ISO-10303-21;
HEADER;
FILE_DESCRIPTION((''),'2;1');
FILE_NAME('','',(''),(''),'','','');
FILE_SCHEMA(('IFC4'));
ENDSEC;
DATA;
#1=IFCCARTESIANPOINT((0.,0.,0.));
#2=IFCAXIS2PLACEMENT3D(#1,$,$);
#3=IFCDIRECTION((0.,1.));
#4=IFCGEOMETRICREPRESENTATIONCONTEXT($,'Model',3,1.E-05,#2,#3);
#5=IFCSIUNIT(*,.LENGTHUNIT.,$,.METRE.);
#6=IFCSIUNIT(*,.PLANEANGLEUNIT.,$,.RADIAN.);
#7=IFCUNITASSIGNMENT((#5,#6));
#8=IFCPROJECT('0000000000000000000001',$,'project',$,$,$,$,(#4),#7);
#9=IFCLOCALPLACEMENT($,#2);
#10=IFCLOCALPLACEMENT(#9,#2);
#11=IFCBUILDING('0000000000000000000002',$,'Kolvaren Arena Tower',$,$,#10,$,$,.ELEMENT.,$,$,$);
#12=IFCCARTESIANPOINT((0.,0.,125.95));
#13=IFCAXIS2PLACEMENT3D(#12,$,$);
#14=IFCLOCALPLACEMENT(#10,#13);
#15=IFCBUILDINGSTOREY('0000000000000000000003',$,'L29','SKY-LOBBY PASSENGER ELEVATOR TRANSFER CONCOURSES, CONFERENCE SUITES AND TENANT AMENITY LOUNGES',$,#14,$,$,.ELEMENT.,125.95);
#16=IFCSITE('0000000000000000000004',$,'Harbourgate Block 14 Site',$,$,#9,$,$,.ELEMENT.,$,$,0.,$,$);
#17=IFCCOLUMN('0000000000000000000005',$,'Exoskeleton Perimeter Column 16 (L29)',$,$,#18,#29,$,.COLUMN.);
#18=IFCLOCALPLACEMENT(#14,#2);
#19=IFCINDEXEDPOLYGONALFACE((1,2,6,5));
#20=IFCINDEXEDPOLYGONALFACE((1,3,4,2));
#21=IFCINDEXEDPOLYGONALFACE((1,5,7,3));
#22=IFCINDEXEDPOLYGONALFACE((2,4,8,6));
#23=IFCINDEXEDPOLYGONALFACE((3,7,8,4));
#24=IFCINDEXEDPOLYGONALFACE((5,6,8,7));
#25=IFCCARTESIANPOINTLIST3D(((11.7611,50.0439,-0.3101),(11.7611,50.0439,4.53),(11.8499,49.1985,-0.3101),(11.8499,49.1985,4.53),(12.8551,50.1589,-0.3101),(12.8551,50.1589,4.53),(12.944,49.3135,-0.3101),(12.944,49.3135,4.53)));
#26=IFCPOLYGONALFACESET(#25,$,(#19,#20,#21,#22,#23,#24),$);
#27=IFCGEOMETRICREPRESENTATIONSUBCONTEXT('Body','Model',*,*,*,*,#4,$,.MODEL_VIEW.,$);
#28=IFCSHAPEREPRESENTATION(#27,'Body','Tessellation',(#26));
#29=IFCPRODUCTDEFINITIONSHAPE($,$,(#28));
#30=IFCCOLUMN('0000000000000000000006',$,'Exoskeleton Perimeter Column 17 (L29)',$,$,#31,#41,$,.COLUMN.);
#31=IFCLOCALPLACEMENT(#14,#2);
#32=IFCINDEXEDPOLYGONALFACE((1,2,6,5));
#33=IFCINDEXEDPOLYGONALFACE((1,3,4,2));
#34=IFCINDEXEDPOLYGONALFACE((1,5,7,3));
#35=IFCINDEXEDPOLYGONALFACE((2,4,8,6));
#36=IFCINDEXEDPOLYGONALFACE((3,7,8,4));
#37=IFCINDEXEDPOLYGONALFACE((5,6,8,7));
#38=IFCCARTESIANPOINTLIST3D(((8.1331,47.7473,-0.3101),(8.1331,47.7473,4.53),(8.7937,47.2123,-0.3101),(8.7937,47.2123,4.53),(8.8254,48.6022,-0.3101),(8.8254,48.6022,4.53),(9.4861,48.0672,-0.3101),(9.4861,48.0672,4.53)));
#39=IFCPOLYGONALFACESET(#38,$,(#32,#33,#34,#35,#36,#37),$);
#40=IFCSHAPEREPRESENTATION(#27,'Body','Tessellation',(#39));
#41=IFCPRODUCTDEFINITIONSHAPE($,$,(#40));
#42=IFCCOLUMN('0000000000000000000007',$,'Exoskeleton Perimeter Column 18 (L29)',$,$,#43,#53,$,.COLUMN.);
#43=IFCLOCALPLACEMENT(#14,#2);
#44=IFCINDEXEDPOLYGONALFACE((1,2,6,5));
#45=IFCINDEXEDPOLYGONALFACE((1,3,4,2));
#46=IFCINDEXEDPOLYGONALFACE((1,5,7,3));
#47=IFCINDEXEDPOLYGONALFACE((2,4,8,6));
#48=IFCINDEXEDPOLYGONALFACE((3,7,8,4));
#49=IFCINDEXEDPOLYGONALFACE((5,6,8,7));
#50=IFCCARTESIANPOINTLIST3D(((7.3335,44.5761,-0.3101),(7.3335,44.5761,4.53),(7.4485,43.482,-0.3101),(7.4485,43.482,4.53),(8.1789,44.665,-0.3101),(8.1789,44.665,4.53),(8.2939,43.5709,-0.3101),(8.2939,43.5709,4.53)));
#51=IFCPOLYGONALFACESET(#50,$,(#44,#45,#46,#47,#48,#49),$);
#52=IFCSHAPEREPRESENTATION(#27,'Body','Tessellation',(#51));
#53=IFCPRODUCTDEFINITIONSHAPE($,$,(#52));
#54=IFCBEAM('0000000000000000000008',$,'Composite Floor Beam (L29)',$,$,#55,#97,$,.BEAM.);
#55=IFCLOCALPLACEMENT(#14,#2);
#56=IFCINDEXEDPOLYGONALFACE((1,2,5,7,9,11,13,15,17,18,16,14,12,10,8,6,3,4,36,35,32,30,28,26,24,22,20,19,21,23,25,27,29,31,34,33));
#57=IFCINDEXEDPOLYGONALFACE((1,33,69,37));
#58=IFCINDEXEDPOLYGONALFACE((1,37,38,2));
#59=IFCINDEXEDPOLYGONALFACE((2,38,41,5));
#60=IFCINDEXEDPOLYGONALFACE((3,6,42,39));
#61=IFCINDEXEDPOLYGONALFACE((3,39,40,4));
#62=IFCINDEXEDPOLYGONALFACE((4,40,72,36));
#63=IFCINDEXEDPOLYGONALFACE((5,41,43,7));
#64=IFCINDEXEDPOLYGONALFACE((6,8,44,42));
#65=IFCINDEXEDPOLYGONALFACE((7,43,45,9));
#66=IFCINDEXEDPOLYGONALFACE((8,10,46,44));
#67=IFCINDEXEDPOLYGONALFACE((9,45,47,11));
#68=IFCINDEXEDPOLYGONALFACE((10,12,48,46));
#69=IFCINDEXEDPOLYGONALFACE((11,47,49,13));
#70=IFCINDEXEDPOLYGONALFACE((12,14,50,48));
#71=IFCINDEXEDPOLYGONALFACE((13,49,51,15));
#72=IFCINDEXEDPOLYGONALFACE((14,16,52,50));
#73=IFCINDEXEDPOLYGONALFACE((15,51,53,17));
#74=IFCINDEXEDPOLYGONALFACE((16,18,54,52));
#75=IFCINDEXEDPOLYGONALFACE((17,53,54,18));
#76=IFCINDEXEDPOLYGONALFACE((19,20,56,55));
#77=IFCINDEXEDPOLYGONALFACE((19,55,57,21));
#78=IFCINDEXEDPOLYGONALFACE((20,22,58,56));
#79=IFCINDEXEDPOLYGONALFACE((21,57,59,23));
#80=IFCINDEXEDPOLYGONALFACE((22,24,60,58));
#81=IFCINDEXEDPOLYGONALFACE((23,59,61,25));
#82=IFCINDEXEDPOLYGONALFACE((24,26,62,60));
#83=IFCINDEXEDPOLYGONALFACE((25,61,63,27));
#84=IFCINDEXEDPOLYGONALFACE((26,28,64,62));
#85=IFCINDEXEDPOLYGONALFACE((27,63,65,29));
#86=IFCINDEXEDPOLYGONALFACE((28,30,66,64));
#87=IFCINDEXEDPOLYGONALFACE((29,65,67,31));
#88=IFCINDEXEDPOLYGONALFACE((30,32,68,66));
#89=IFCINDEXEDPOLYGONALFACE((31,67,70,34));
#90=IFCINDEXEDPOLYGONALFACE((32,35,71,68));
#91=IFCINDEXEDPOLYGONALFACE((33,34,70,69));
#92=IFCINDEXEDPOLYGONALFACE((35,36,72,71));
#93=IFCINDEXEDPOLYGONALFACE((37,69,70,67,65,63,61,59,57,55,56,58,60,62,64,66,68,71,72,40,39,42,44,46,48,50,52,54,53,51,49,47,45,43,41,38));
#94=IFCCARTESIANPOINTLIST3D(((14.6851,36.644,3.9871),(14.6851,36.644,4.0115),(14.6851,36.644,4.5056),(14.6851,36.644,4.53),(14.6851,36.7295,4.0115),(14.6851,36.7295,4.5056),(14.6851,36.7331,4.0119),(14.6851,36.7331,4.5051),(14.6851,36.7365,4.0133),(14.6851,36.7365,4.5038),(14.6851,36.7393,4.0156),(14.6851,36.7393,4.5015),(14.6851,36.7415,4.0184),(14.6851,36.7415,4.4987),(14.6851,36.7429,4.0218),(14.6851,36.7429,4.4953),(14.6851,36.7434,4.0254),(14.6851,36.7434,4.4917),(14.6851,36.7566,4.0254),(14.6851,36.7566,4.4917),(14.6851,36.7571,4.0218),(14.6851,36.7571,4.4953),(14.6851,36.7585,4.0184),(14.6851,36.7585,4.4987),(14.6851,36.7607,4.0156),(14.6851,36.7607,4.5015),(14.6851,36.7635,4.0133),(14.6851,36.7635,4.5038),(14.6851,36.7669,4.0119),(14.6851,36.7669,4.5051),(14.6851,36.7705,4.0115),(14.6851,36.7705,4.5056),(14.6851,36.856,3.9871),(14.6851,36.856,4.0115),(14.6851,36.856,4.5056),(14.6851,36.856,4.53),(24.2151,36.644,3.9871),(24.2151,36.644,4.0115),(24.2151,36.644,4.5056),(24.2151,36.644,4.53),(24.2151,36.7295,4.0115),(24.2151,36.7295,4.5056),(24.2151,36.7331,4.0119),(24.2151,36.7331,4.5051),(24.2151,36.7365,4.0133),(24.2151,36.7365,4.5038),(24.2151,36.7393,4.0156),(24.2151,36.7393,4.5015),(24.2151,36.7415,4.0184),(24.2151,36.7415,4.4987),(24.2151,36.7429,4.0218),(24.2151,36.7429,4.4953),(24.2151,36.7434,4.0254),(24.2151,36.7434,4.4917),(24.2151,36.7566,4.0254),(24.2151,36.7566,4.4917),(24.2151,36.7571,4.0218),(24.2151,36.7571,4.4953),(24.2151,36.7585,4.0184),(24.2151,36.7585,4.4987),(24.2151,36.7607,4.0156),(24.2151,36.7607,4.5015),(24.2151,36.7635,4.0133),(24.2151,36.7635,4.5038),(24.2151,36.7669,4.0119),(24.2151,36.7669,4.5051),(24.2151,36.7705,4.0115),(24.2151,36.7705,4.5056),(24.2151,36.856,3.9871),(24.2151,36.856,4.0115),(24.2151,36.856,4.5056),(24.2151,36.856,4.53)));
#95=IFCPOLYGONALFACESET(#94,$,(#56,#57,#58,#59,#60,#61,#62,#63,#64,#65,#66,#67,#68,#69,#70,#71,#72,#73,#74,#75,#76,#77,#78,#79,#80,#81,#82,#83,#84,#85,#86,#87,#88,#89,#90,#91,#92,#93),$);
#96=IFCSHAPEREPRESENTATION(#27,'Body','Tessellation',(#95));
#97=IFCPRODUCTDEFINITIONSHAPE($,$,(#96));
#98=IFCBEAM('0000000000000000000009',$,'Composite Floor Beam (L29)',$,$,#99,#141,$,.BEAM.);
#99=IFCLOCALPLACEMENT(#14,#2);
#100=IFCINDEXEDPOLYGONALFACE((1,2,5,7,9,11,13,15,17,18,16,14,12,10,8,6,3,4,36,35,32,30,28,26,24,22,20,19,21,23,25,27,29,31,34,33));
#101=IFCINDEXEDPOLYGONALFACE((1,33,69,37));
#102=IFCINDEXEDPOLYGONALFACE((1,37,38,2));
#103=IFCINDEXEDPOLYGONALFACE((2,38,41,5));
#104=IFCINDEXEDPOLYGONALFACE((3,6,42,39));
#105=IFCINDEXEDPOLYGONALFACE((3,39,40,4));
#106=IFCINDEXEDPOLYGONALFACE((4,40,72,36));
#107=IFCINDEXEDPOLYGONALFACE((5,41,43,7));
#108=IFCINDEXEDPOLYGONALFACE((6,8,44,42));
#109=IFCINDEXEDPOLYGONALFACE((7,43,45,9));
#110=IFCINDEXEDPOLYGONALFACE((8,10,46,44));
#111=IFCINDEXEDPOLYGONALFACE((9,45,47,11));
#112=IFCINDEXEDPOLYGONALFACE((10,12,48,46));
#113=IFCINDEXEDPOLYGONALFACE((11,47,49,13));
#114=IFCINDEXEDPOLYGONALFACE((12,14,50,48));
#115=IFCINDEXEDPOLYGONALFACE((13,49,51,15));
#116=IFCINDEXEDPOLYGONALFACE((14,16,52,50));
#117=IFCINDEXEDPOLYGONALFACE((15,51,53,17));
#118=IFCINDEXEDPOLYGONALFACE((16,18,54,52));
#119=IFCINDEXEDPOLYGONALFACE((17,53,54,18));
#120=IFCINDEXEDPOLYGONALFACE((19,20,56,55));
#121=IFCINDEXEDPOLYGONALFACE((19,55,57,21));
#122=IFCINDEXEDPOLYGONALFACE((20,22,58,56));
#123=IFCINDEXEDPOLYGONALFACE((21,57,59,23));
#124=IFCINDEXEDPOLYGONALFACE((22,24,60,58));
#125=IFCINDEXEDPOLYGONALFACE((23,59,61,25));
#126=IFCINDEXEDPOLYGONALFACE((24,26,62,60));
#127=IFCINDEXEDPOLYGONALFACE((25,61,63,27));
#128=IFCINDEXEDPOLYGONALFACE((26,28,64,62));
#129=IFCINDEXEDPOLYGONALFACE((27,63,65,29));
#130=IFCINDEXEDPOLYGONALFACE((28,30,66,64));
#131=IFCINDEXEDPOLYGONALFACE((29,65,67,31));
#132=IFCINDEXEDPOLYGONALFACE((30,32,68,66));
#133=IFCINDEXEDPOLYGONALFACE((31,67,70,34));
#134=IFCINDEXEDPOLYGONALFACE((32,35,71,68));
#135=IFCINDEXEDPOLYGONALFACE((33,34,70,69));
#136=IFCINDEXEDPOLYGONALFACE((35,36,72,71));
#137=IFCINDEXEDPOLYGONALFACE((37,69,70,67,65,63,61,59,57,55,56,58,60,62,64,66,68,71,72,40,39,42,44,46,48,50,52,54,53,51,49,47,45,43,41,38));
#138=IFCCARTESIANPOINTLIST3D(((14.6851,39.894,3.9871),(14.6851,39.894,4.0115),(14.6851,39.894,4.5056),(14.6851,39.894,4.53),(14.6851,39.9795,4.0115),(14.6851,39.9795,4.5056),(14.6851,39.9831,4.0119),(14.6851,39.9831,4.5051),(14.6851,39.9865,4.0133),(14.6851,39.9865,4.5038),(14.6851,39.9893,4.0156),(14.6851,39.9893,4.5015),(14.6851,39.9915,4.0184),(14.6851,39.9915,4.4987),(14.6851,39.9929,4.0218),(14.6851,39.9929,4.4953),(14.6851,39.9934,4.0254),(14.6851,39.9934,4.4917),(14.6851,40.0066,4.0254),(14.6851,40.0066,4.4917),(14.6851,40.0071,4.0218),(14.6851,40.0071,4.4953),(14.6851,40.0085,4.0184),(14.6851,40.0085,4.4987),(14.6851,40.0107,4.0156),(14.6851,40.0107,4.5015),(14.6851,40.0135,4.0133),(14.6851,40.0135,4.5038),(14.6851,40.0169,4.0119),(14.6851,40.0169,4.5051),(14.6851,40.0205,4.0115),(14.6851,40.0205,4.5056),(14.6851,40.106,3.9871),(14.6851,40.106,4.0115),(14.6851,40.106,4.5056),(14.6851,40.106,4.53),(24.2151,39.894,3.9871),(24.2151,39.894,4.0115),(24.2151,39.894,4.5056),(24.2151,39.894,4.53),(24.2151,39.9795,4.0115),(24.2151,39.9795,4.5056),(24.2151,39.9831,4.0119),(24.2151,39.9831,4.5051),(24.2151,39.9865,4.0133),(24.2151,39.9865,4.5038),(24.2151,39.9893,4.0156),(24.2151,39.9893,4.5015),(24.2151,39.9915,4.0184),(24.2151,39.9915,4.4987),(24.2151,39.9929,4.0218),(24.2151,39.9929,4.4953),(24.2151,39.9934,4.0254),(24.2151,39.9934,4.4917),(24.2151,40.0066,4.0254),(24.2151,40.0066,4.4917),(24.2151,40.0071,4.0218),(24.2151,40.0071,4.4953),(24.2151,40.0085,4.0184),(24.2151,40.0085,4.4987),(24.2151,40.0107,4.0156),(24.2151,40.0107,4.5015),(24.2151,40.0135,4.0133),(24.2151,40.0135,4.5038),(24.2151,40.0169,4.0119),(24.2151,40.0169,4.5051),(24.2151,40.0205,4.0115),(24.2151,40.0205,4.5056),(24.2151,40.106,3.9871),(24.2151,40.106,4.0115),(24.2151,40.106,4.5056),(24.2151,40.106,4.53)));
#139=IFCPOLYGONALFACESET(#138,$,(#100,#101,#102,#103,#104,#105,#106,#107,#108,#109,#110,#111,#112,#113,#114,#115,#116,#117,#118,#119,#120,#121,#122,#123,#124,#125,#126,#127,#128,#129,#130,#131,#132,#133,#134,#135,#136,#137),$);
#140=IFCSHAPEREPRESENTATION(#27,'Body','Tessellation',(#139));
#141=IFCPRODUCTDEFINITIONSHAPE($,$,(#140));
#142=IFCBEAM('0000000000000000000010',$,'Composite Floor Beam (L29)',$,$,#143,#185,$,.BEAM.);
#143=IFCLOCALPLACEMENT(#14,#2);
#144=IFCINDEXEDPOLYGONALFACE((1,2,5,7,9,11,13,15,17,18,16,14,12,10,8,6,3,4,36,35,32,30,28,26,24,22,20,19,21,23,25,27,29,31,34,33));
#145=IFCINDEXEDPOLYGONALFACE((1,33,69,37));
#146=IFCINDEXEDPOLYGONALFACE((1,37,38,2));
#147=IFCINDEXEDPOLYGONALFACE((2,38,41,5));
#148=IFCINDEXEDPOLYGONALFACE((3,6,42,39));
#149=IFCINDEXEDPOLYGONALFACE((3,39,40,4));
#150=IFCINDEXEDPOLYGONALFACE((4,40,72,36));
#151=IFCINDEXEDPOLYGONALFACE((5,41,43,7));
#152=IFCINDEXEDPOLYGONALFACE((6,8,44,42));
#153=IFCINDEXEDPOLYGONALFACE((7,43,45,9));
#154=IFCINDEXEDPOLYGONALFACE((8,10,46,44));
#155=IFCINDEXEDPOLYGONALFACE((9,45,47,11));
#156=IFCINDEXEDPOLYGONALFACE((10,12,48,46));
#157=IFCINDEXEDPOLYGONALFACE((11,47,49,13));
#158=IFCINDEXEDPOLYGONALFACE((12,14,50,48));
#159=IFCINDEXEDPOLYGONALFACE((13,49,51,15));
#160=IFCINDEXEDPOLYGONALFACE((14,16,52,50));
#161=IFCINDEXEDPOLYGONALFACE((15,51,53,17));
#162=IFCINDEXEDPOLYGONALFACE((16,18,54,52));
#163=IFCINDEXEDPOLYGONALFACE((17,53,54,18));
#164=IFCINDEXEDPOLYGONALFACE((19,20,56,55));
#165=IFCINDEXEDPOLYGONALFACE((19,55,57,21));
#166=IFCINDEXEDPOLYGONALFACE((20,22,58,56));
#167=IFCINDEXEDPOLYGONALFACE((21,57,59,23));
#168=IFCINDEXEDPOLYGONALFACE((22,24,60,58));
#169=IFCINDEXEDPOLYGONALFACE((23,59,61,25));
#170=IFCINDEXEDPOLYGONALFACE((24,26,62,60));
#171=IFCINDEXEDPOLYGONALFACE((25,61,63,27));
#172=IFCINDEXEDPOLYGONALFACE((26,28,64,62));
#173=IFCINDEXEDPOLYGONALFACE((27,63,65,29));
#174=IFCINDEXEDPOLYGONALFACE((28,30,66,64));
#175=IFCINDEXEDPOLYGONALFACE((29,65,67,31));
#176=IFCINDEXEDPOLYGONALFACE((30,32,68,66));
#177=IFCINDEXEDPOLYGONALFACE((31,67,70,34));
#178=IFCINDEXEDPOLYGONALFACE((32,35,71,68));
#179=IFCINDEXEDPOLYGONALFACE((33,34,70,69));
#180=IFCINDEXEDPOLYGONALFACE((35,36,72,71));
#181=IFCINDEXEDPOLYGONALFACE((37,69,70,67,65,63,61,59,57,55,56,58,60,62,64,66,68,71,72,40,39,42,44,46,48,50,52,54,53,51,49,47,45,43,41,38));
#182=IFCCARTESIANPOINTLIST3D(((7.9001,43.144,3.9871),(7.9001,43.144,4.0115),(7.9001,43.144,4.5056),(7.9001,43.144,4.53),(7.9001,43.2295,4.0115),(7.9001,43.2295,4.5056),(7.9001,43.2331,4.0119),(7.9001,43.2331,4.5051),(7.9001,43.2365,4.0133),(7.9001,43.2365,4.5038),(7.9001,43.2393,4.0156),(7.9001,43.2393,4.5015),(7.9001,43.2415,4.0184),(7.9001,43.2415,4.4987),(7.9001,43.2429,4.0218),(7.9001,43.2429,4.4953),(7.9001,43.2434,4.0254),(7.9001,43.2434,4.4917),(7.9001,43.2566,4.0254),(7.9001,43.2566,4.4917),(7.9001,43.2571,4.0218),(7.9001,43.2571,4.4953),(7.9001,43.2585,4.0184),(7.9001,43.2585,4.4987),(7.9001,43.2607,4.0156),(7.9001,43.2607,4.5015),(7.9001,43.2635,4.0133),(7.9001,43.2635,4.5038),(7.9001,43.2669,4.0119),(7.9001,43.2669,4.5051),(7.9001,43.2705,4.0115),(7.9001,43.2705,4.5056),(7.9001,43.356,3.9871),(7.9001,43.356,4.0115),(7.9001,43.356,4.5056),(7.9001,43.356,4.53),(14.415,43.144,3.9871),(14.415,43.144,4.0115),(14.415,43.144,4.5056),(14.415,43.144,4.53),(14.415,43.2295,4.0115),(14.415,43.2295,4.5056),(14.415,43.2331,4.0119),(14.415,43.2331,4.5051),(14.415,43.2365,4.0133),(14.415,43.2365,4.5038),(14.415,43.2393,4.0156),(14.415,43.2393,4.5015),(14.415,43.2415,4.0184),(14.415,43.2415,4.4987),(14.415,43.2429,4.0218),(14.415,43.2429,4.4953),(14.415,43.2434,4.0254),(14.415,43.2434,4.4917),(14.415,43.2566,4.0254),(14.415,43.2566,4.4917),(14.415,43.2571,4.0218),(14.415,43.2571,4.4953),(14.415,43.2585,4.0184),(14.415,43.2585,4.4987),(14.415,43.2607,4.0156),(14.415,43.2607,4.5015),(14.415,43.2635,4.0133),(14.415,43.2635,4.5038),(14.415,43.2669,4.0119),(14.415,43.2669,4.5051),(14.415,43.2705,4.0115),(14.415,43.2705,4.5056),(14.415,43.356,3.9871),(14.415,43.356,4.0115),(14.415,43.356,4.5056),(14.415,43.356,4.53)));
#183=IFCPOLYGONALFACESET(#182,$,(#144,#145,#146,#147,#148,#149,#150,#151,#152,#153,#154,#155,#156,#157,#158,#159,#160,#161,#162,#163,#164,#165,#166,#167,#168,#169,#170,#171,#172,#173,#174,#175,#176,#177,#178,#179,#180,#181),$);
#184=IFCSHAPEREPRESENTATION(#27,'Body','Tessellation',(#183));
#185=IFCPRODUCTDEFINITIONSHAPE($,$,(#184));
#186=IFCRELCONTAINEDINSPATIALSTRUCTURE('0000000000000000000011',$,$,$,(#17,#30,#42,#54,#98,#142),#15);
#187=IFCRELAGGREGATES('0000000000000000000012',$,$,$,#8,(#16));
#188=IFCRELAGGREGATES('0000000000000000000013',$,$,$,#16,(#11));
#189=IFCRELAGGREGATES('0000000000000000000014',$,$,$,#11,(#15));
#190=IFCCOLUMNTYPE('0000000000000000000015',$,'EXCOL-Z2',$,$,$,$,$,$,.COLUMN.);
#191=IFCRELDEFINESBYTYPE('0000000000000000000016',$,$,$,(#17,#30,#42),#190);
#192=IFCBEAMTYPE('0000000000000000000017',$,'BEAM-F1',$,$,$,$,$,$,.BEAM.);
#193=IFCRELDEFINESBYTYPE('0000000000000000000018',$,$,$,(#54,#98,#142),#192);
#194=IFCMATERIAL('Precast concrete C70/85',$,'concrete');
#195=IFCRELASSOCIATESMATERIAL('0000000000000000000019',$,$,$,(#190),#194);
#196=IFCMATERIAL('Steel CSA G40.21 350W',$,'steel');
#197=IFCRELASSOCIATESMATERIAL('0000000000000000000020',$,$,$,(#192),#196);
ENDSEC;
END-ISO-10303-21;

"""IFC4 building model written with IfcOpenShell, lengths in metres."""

from ifc_helpers import new_model, si_unit, direction, frame, origin, origin_2d, place, context, subcontext, project, spatial, rectangle, i_section, extrude, material, material_profile, profile_set, type_object, element, save


model = new_model("IFC4")

# Units and contexts
model_context = context("Model", 3, precision=1e-05, world=origin(), true_north=direction((0.0, 1.0)))
body_context = subcontext(model_context, "Body", "Model", "MODEL_VIEW")
ifc_project = project(units=[si_unit("LENGTHUNIT", "METRE"), si_unit("PLANEANGLEUNIT", "RADIAN")], contexts=[model_context])

# Site, building, storey
site_placement = place(None, origin())
site = spatial("IfcSite", under=ifc_project, at=site_placement, Name="Harbourgate Block 14 Site", CompositionType="ELEMENT", RefElevation=0.0)
building_placement = place(site_placement, origin())
building = spatial("IfcBuilding", under=site, at=building_placement, Name="Kolvaren Arena Tower", CompositionType="ELEMENT")
storey_placement = place(building_placement, frame((0.0, 0.0, 125.95)))
storey = spatial("IfcBuildingStorey", under=building, at=storey_placement, Name="L29", Description="SKY-LOBBY PASSENGER ELEVATOR TRANSFER CONCOURSES, CONFERENCE SUITES AND TENANT AMENITY LOUNGES", CompositionType="ELEMENT", Elevation=125.95)

# Columns
ifc_material_1 = material(Name="Precast concrete C70/85", Category="concrete")
ifc_material_profile_1 = material_profile(ifc_material_1, rectangle(XDim=1.1001, YDim=0.8501, at=origin_2d()), Name="RC-1100x850")
ifc_profile_set_1 = profile_set([ifc_material_profile_1], Name="Precast concrete C70/85")
column_type = type_object("IfcColumnType", Name="EXCOL-Z2", PredefinedType="COLUMN", material=ifc_profile_set_1)
for number, where, z_axis, x_axis, name in (
    (1, (12.3525, 49.6787, -0.3101), (0.0, 0.0, 1.0), (0.994522, 0.104528, 0.0), "Exoskeleton Perimeter Column 16 (L29)"),
    (2, (8.8096, 47.9072, -0.3101), (0.0, 0.0, 1.0), (0.62932, 0.777146, 0.0), "Exoskeleton Perimeter Column 17 (L29)"),
    (3, (7.8137, 44.0735, -0.3101), (0.0, 0.0, 1.0), (-0.104528, 0.994522, 0.0), "Exoskeleton Perimeter Column 18 (L29)"),
):
    element("IfcColumn", number, at=place(storey_placement, frame(where, z_axis=z_axis, x_axis=x_axis)), inside=storey, type_object=column_type, Name=name, PredefinedType="COLUMN", context=body_context, shape_type="SweptSolid", body=[
        extrude(rectangle(XDim=1.1001, YDim=0.8501, at=origin_2d()), origin(), (0.0, 0.0, 1.0), 4.8401),
    ])

# Beams
ifc_material_2 = material(Name="Steel CSA G40.21 350W", Category="steel")
ifc_material_profile_2 = material_profile(ifc_material_2, i_section(OverallWidth=0.2119, OverallDepth=0.543, WebThickness=0.0132, FlangeThickness=0.0244, FilletRadius=0.0139, at=origin_2d()), Name="W530x150")
ifc_profile_set_2 = profile_set([ifc_material_profile_2], Name="Steel CSA G40.21 350W")
beam_type_1 = type_object("IfcBeamType", Name="BEAM-F1", PredefinedType="BEAM", material=ifc_profile_set_2)
for number, where, z_axis, x_axis, name in (
    (4, (14.6851, 36.75, 4.2585), (1.0, 0.0, 0.0), (0.0, 1.0, 0.0), "Composite Floor Beam (L29)"),
    (5, (14.6851, 40.0, 4.2585), (1.0, 0.0, 0.0), (0.0, 1.0, 0.0), "Composite Floor Beam (L29)"),
):
    element("IfcBeam", number, at=place(storey_placement, frame(where, z_axis=z_axis, x_axis=x_axis)), inside=storey, type_object=beam_type_1, Name=name, PredefinedType="BEAM", context=body_context, shape_type="SweptSolid", body=[
        extrude(i_section(OverallWidth=0.2119, OverallDepth=0.543, WebThickness=0.0132, FlangeThickness=0.0244, FilletRadius=0.0139, at=origin_2d()), origin(), (0.0, 0.0, 1.0), 9.53),
    ])
beam_1_placement = place(storey_placement, frame((7.9001, 43.25, 4.2585), z_axis=(1.0, 0.0, 0.0), x_axis=(0.0, 1.0, 0.0)))
element("IfcBeam", 6, at=beam_1_placement, inside=storey, type_object=beam_type_1, Name="Composite Floor Beam (L29)", PredefinedType="BEAM", context=body_context, shape_type="SweptSolid", body=[
    extrude(i_section(OverallWidth=0.2119, OverallDepth=0.543, WebThickness=0.0132, FlangeThickness=0.0244, FilletRadius=0.0139, at=origin_2d()), origin(), (0.0, 0.0, 1.0), 6.5149),
])

save(model, "model.ifc")
